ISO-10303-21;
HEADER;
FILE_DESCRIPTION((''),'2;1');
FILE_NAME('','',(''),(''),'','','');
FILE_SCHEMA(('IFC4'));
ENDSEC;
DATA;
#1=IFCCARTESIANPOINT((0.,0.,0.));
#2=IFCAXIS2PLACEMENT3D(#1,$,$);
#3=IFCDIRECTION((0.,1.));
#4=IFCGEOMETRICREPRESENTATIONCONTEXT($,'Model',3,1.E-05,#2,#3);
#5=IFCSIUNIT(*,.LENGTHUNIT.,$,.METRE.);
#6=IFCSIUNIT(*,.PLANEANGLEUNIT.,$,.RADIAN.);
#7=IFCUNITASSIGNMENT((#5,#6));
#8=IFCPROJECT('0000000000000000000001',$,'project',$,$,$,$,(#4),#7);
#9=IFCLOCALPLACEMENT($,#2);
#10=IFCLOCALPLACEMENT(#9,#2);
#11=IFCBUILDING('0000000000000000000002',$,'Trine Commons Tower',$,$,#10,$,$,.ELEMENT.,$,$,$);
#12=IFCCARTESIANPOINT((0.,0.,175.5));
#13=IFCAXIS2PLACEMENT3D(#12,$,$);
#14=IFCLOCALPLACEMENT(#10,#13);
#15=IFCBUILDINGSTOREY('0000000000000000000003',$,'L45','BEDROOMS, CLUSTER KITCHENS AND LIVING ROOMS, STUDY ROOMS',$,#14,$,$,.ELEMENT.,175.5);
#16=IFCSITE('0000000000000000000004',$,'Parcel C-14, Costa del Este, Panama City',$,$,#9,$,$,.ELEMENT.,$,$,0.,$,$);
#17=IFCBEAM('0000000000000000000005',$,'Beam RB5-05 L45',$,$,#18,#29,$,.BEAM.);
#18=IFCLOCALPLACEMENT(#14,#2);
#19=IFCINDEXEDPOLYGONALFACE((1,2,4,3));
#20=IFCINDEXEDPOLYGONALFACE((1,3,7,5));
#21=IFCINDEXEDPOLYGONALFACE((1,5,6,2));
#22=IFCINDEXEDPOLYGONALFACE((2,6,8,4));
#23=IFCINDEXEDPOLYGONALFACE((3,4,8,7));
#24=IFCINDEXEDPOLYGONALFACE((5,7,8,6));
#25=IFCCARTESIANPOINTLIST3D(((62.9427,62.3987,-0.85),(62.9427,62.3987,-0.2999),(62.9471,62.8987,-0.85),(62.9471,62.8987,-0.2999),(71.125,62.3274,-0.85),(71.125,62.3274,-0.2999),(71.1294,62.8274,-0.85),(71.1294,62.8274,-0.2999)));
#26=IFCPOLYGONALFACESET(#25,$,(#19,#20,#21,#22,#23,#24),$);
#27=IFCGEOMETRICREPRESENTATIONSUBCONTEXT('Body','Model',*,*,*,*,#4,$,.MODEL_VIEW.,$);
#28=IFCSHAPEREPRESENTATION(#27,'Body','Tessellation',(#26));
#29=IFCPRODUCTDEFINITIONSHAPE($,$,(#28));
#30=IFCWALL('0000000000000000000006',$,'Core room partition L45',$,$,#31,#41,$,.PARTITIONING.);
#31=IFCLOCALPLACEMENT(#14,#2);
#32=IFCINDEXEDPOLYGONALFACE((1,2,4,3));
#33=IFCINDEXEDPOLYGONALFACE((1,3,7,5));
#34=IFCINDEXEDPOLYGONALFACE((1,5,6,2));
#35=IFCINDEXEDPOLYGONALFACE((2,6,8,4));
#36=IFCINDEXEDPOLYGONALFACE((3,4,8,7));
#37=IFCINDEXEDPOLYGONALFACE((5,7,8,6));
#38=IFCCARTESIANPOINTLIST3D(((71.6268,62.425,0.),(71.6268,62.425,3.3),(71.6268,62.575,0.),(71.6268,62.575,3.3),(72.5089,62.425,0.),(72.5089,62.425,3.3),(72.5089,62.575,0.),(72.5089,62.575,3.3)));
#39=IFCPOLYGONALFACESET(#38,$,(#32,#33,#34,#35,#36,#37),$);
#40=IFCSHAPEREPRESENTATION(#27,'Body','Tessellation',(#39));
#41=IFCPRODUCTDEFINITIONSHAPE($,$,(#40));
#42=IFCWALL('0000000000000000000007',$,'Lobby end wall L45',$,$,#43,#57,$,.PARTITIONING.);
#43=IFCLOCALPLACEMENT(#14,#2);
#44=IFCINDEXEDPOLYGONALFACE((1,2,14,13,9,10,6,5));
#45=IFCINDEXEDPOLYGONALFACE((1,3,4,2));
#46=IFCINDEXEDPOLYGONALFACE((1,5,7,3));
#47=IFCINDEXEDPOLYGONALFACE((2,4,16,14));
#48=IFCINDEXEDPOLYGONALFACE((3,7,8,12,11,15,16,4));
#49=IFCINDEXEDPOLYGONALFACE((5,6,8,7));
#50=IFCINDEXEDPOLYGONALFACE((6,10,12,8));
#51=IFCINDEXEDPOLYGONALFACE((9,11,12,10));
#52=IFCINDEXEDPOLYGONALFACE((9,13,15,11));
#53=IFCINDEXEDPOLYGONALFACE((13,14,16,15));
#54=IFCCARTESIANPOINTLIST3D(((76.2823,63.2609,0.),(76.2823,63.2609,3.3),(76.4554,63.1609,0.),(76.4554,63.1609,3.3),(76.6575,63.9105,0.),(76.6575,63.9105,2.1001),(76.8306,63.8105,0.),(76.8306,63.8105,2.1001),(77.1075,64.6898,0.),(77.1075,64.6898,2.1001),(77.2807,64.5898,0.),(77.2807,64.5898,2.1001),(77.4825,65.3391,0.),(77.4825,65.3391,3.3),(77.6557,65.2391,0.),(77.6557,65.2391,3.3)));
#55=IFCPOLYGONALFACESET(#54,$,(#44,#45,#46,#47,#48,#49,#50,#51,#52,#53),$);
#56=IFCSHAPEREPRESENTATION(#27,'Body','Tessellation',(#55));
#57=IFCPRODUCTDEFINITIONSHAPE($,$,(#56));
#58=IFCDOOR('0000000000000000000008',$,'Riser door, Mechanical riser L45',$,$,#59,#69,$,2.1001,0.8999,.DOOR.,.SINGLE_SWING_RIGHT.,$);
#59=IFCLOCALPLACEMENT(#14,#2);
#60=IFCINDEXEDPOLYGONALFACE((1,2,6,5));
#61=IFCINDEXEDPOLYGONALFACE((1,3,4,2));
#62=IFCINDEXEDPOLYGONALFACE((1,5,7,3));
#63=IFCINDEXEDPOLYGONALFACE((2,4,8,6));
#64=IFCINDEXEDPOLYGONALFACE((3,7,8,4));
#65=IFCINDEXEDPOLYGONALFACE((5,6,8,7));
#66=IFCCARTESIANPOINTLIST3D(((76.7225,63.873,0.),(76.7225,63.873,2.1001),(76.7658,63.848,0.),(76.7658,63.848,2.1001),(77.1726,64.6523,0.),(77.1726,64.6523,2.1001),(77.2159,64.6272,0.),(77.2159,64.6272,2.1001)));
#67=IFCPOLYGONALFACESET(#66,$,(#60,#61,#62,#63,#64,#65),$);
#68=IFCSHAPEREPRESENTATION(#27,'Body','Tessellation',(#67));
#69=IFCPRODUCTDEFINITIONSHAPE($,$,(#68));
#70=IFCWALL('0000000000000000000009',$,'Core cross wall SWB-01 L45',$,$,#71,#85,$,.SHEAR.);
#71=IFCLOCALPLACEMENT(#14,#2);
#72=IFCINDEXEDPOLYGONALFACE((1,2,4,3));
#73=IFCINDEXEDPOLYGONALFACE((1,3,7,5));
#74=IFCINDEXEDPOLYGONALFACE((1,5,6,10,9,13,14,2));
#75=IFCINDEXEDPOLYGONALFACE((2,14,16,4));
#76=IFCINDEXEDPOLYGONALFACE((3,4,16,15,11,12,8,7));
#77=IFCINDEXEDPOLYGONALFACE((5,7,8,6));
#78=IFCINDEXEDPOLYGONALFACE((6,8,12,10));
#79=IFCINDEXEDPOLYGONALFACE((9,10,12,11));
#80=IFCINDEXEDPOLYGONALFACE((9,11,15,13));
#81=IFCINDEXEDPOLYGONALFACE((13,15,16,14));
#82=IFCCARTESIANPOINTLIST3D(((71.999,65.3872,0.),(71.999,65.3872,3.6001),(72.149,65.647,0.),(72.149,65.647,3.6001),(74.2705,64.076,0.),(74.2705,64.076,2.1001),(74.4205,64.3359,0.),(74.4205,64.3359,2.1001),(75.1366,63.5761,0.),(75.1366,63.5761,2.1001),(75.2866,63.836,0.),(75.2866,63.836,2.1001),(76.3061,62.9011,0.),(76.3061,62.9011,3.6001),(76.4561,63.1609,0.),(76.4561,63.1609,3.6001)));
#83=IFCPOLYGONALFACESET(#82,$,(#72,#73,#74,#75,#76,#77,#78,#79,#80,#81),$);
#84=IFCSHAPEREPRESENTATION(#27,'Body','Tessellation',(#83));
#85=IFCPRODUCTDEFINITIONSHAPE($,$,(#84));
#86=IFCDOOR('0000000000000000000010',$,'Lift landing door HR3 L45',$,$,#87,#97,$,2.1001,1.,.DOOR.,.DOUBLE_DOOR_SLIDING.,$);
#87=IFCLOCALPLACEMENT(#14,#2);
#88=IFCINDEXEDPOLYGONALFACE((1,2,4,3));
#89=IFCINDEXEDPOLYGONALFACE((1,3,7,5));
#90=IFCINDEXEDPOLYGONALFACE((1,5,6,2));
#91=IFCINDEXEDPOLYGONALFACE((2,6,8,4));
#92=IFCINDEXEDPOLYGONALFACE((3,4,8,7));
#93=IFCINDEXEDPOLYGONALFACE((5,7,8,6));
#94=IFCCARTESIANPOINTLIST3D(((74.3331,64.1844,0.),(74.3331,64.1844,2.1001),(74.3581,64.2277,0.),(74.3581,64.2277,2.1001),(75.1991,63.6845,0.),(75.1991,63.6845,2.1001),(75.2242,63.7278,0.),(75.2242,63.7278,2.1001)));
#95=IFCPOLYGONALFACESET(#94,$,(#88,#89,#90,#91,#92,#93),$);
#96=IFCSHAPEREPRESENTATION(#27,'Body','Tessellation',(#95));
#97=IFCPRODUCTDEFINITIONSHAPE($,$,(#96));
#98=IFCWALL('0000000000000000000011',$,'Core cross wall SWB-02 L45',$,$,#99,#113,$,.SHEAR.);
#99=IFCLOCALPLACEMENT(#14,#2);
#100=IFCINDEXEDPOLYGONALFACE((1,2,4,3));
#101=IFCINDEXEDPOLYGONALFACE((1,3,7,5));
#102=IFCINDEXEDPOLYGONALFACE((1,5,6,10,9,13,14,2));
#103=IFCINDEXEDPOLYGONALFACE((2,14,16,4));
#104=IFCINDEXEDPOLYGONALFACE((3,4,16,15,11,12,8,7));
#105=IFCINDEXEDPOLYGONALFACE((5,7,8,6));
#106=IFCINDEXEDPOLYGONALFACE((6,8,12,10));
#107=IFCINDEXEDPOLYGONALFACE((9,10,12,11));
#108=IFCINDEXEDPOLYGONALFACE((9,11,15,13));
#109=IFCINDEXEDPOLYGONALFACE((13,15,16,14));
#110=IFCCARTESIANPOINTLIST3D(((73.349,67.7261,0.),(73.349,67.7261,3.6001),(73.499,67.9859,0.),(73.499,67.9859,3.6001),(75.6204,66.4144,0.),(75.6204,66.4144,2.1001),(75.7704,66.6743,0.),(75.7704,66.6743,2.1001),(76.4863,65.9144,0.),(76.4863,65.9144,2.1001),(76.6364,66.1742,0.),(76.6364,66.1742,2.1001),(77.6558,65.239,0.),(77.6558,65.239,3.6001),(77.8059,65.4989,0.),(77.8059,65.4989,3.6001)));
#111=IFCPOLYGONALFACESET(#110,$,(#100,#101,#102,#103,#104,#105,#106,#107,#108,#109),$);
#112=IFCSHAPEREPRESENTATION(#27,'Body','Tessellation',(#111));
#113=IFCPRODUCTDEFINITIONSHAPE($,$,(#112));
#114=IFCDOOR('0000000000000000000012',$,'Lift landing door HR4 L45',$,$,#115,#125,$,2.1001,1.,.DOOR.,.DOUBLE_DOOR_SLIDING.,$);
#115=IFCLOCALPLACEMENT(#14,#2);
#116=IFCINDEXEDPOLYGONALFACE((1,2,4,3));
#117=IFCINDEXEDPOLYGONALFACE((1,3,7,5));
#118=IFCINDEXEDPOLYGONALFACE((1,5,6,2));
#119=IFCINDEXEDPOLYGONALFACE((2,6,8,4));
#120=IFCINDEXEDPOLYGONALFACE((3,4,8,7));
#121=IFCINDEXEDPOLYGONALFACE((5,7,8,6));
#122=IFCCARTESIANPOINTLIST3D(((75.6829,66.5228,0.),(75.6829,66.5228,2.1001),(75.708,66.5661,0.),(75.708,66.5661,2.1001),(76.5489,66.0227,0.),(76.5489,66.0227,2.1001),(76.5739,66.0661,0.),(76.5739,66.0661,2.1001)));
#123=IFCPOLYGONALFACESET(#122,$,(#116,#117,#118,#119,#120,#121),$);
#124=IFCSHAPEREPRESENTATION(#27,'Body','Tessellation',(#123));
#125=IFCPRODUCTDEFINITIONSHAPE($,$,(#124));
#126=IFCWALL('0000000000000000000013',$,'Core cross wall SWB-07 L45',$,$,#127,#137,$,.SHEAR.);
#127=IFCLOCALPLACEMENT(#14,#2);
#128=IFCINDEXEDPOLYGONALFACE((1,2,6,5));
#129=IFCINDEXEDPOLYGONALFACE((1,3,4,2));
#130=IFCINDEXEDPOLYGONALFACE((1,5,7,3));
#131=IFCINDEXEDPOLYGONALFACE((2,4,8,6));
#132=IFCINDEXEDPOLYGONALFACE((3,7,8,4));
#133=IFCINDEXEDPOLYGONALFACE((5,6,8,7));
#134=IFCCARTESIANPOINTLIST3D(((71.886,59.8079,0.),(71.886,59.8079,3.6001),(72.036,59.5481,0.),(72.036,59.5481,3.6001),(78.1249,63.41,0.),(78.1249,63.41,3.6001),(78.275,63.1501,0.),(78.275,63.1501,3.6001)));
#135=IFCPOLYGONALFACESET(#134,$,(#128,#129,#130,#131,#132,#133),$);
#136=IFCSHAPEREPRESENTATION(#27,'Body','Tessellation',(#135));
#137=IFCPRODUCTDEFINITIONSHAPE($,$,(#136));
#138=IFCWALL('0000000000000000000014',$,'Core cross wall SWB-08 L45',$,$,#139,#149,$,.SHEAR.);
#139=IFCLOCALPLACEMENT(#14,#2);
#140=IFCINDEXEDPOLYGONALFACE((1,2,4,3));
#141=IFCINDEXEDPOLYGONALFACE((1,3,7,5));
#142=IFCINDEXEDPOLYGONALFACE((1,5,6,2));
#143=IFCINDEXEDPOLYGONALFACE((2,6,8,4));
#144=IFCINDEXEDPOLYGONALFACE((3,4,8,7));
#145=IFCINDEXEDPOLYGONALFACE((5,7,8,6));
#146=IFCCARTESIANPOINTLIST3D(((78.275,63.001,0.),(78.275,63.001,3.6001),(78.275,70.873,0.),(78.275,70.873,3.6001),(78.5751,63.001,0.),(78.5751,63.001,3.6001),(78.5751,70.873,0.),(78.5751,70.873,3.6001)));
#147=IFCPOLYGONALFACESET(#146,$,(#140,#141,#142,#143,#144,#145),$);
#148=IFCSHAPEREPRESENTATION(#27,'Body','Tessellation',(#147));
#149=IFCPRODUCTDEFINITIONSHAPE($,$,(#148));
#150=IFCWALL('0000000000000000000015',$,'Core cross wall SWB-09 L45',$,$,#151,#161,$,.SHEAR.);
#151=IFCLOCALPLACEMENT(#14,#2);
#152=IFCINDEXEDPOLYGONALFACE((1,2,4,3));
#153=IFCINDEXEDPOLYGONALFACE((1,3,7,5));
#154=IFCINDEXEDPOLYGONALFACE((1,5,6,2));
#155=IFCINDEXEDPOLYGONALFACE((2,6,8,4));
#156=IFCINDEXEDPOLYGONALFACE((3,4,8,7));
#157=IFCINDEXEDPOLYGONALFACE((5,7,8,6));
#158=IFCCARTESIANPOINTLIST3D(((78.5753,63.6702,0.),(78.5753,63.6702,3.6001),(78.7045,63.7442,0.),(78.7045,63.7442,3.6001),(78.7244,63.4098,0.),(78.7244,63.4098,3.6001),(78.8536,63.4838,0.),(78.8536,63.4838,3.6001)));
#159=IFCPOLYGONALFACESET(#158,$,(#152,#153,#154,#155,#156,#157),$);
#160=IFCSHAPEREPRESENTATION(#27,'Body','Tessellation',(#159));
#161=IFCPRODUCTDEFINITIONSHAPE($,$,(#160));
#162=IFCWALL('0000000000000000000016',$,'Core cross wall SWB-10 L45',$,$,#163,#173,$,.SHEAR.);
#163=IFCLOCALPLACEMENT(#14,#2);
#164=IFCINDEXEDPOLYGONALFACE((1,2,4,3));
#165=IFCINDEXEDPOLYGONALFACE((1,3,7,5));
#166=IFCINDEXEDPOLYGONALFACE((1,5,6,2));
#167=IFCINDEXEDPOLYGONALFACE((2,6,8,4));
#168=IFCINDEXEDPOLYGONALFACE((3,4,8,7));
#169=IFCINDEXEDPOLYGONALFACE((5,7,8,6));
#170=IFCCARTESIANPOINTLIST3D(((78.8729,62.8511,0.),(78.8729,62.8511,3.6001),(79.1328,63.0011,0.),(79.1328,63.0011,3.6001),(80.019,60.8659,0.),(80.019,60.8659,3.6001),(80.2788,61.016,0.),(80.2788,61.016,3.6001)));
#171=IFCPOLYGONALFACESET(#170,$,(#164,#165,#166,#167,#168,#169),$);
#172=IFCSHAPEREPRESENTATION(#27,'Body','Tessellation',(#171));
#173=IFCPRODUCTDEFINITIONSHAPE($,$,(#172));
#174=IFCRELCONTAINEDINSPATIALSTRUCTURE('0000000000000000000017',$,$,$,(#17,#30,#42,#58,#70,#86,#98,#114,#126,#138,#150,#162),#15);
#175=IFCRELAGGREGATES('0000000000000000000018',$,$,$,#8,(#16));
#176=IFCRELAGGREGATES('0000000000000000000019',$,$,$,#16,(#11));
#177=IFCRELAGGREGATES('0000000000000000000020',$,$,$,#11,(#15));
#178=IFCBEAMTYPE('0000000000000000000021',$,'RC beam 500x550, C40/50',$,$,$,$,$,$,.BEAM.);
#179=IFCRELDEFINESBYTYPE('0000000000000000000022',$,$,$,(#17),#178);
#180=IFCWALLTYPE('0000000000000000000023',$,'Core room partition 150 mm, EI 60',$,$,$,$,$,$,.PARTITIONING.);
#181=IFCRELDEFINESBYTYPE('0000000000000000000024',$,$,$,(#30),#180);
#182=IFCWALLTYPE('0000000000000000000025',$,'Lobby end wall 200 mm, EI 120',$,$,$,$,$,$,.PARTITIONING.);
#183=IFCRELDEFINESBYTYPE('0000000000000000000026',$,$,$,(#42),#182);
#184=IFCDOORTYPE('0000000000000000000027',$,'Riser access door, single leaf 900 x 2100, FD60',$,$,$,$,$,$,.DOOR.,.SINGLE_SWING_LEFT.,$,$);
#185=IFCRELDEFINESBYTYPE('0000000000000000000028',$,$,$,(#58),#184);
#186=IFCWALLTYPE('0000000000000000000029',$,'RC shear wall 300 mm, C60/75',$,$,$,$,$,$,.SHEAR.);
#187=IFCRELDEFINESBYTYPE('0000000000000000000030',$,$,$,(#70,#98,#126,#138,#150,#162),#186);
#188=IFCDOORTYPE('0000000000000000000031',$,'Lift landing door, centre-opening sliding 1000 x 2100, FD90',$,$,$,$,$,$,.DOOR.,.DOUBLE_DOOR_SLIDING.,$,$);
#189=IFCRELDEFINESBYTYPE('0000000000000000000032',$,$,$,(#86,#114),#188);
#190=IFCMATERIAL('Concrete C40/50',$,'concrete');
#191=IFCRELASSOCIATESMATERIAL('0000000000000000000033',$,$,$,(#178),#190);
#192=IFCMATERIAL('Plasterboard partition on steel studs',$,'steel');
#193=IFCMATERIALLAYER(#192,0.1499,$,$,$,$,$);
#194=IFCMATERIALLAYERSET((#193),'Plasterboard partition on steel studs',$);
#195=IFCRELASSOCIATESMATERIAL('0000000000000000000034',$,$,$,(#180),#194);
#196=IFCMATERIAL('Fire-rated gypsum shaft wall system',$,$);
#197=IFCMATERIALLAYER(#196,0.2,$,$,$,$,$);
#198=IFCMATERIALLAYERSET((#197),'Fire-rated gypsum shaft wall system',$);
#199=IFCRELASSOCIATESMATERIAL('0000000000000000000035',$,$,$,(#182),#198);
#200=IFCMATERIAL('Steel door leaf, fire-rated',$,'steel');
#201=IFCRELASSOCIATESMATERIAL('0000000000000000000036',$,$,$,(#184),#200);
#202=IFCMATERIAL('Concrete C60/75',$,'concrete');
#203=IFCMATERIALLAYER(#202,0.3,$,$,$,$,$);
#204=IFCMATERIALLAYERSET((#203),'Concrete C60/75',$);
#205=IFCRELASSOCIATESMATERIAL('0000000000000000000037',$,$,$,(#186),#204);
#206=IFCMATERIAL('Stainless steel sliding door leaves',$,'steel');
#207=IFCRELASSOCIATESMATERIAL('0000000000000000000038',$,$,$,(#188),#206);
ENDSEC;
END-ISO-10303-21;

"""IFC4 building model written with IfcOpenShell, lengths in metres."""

from ifc_helpers import new_model, si_unit, direction, frame, frame_2d, origin, origin_2d, place, context, subcontext, project, spatial, rectangle, extrude, material, layer, layer_set, material_profile, profile_set, type_object, element, fill, save


model = new_model("IFC4")

# Units and contexts
model_context = context("Model", 3, precision=1e-05, world=origin(), true_north=direction((0.0, 1.0)))
body_context = subcontext(model_context, "Body", "Model", "MODEL_VIEW")
ifc_project = project(units=[si_unit("LENGTHUNIT", "METRE"), si_unit("PLANEANGLEUNIT", "RADIAN")], contexts=[model_context])

# Site, building, storey
site_placement = place(None, origin())
site = spatial("IfcSite", under=ifc_project, at=site_placement, Name="Parcel C-14, Costa del Este, Panama City", CompositionType="ELEMENT", RefElevation=0.0)
building_placement = place(site_placement, origin())
building = spatial("IfcBuilding", under=site, at=building_placement, Name="Trine Commons Tower", CompositionType="ELEMENT")
storey_placement = place(building_placement, frame((0.0, 0.0, 175.5)))
storey = spatial("IfcBuildingStorey", under=building, at=storey_placement, Name="L45", Description="BEDROOMS, CLUSTER KITCHENS AND LIVING ROOMS, STUDY ROOMS", CompositionType="ELEMENT", Elevation=175.5)

# Beam
ifc_material_1 = material(Name="Concrete C40/50", Category="concrete")
ifc_material_profile = material_profile(ifc_material_1, rectangle(XDim=0.5, YDim=0.55, at=origin_2d()), Name="RC 500x550")
ifc_profile_set = profile_set([ifc_material_profile], Name="Concrete C40/50")
beam_type = type_object("IfcBeamType", Name="RC beam 500x550, C40/50", PredefinedType="BEAM", material=ifc_profile_set)
beam_placement = place(storey_placement, frame((71.1272, 62.5774, -0.575), z_axis=(-0.999962, 0.008712, 0.0), x_axis=(-0.008712, -0.999962, 0.0)))
element("IfcBeam", 1, at=beam_placement, inside=storey, type_object=beam_type, Name="Beam RB5-05 L45", PredefinedType="BEAM", context=body_context, shape_type="SweptSolid", body=[
    extrude(rectangle(XDim=0.5, YDim=0.55, at=origin_2d()), origin(), (0.0, 0.0, 1.0), 8.1826),
])

# Wall
ifc_material_2 = material(Name="Plasterboard partition on steel studs", Category="steel")
ifc_layer_1 = layer(ifc_material_2, 0.1499)
ifc_layer_set_1 = layer_set([ifc_layer_1], Name="Plasterboard partition on steel studs")
wall_type_1 = type_object("IfcWallType", Name="Core room partition 150 mm, EI 60", PredefinedType="PARTITIONING", material=ifc_layer_set_1)
wall_1_placement = place(storey_placement, frame((71.627, 62.5, 0.0), z_axis=(0.0, 0.0, 1.0), x_axis=(1.0, 0.0, 0.0)))
element("IfcWall", 2, at=wall_1_placement, inside=storey, type_object=wall_type_1, Name="Core room partition L45", PredefinedType="PARTITIONING", context=body_context, shape_type="SweptSolid", body=[
    extrude(rectangle(XDim=0.8821, YDim=0.1499, at=frame_2d((0.4409, 0.0))), origin(), (0.0, 0.0, 1.0), 3.3),
])

# Walls, openings, doors
ifc_material_3 = material(Name="Fire-rated gypsum shaft wall system")
ifc_layer_2 = layer(ifc_material_3, 0.2)
ifc_layer_set_2 = layer_set([ifc_layer_2], Name="Fire-rated gypsum shaft wall system")
wall_type_2 = type_object("IfcWallType", Name="Lobby end wall 200 mm, EI 120", PredefinedType="PARTITIONING", material=ifc_layer_set_2)
wall_2_placement = place(storey_placement, frame((77.5691, 65.2891, 0.0), z_axis=(0.0, 0.0, 1.0), x_axis=(-0.500122, -0.865955, 0.0)))
wall_2 = element("IfcWall", 3, at=wall_2_placement, inside=storey, type_object=wall_type_2, Name="Lobby end wall L45", PredefinedType="PARTITIONING", context=body_context, shape_type="SweptSolid", body=[
    extrude(rectangle(XDim=2.3999, YDim=0.2, at=frame_2d((1.2, 0.0))), origin(), (0.0, 0.0, 1.0), 3.3),
])
opening_1_placement = place(wall_2_placement, frame((0.7498, 0.0, 0.0)))
opening_1 = element("IfcOpeningElement", 4, at=opening_1_placement, cuts=wall_2, PredefinedType="OPENING", context=body_context, shape_type="SweptSolid", body=[
    extrude(rectangle(XDim=0.8999, YDim=2.1001, at=frame_2d((0.45, 1.05))), frame((0.0, 0.1099, 0.0), z_axis=(0.0, -1.0, 0.0), x_axis=(1.0, 0.0, 0.0)), (0.0, 0.0, 1.0), 0.22),
])
ifc_material_4 = material(Name="Steel door leaf, fire-rated", Category="steel")
door_type_1 = type_object("IfcDoorType", Name="Riser access door, single leaf 900 x 2100, FD60", OperationType="SINGLE_SWING_LEFT", PredefinedType="DOOR", material=ifc_material_4)
door_1_placement = place(opening_1_placement, frame((0.8999, 0.0, 0.0), z_axis=(0.0, 0.0, 1.0), x_axis=(-1.0, 0.0, 0.0)))
door_1 = element("IfcDoor", 5, at=door_1_placement, inside=storey, type_object=door_type_1, Name="Riser door, Mechanical riser L45", OperationType="SINGLE_SWING_RIGHT", OverallHeight=2.1001, OverallWidth=0.8999, PredefinedType="DOOR", context=body_context, shape_type="SweptSolid", body=[
    extrude(rectangle(XDim=0.8999, YDim=2.1001, at=frame_2d((0.45, 1.05))), frame((0.0, 0.0249, 0.0), z_axis=(0.0, -1.0, 0.0), x_axis=(1.0, 0.0, 0.0)), (0.0, 0.0, 1.0), 0.05),
])
fill(opening_1, door_1)
ifc_material_5 = material(Name="Concrete C60/75", Category="concrete")
ifc_layer_3 = layer(ifc_material_5, 0.3)
ifc_layer_set_3 = layer_set([ifc_layer_3], Name="Concrete C60/75")
wall_type_3 = type_object("IfcWallType", Name="RC shear wall 300 mm, C60/75", PredefinedType="SHEAR", material=ifc_layer_set_3)
wall_3_placement = place(storey_placement, frame((76.3811, 63.031, 0.0), z_axis=(0.0, 0.0, 1.0), x_axis=(-0.866081, 0.499904, 0.0)))
wall_3 = element("IfcWall", 6, at=wall_3_placement, inside=storey, type_object=wall_type_3, Name="Core cross wall SWB-01 L45", PredefinedType="SHEAR", context=body_context, shape_type="SweptSolid", body=[
    extrude(rectangle(XDim=4.9731, YDim=0.3, at=frame_2d((2.4866, 0.0))), origin(), (0.0, 0.0, 1.0), 3.6001),
])
opening_2_placement = place(wall_3_placement, frame((1.3503, 0.0, 0.0)))
opening_2 = element("IfcOpeningElement", 7, at=opening_2_placement, cuts=wall_3, PredefinedType="OPENING", context=body_context, shape_type="SweptSolid", body=[
    extrude(rectangle(XDim=1.0, YDim=2.1001, at=frame_2d((0.5, 1.05))), frame((0.0, 0.1599, 0.0), z_axis=(0.0, -1.0, 0.0), x_axis=(1.0, 0.0, 0.0)), (0.0, 0.0, 1.0), 0.3201),
])
ifc_material_6 = material(Name="Stainless steel sliding door leaves", Category="steel")
door_type_2 = type_object("IfcDoorType", Name="Lift landing door, centre-opening sliding 1000 x 2100, FD90", OperationType="DOUBLE_DOOR_SLIDING", PredefinedType="DOOR", material=ifc_material_6)
door_2_placement = place(opening_2_placement, origin())
door_2 = element("IfcDoor", 8, at=door_2_placement, inside=storey, type_object=door_type_2, Name="Lift landing door HR3 L45", OperationType="DOUBLE_DOOR_SLIDING", OverallHeight=2.1001, OverallWidth=1.0, PredefinedType="DOOR", context=body_context, shape_type="SweptSolid", body=[
    extrude(rectangle(XDim=1.0, YDim=2.1001, at=frame_2d((0.5, 1.05))), frame((0.0, 0.0249, 0.0), z_axis=(0.0, -1.0, 0.0), x_axis=(1.0, 0.0, 0.0)), (0.0, 0.0, 1.0), 0.05),
])
fill(opening_2, door_2)
wall_4_placement = place(storey_placement, frame((77.731, 65.3689, 0.0), z_axis=(0.0, 0.0, 1.0), x_axis=(-0.865984, 0.500072, 0.0)))
wall_4 = element("IfcWall", 9, at=wall_4_placement, inside=storey, type_object=wall_type_3, Name="Core cross wall SWB-02 L45", PredefinedType="SHEAR", context=body_context, shape_type="SweptSolid", body=[
    extrude(rectangle(XDim=4.9734, YDim=0.3, at=frame_2d((2.4868, 0.0))), origin(), (0.0, 0.0, 1.0), 3.6001),
])
opening_3_placement = place(wall_4_placement, frame((1.3506, 0.0, 0.0)))
opening_3 = element("IfcOpeningElement", 10, at=opening_3_placement, cuts=wall_4, PredefinedType="OPENING", context=body_context, shape_type="SweptSolid", body=[
    extrude(rectangle(XDim=1.0, YDim=2.1001, at=frame_2d((0.5, 1.05))), frame((0.0, 0.1599, 0.0), z_axis=(0.0, -1.0, 0.0), x_axis=(1.0, 0.0, 0.0)), (0.0, 0.0, 1.0), 0.3201),
])
door_3_placement = place(opening_3_placement, origin())
door_3 = element("IfcDoor", 11, at=door_3_placement, inside=storey, type_object=door_type_2, Name="Lift landing door HR4 L45", OperationType="DOUBLE_DOOR_SLIDING", OverallHeight=2.1001, OverallWidth=1.0, PredefinedType="DOOR", context=body_context, shape_type="SweptSolid", body=[
    extrude(rectangle(XDim=1.0, YDim=2.1001, at=frame_2d((0.5, 1.05))), frame((0.0, 0.0249, 0.0), z_axis=(0.0, -1.0, 0.0), x_axis=(1.0, 0.0, 0.0)), (0.0, 0.0, 1.0), 0.05),
])
fill(opening_3, door_3)

# Walls
wall_5_placement = place(storey_placement, frame((78.2, 63.28, 0.0), z_axis=(0.0, 0.0, 1.0), x_axis=(-0.866028, -0.499995, 0.0)))
element("IfcWall", 12, at=wall_5_placement, inside=storey, type_object=wall_type_3, Name="Core cross wall SWB-07 L45", PredefinedType="SHEAR", context=body_context, shape_type="SweptSolid", body=[
    extrude(rectangle(XDim=7.2041, YDim=0.3, at=frame_2d((3.6021, 0.0))), origin(), (0.0, 0.0, 1.0), 3.6001),
])
wall_6_placement = place(storey_placement, frame((78.425, 63.001, 0.0), z_axis=(0.0, 0.0, 1.0), x_axis=(0.0, 1.0, 0.0)))
element("IfcWall", 13, at=wall_6_placement, inside=storey, type_object=wall_type_3, Name="Core cross wall SWB-08 L45", PredefinedType="SHEAR", context=body_context, shape_type="SweptSolid", body=[
    extrude(rectangle(XDim=7.8721, YDim=0.3, at=frame_2d((3.936, 0.0))), origin(), (0.0, 0.0, 1.0), 3.6001),
])
wall_7_placement = place(storey_placement, frame((78.7791, 63.614, 0.0), z_axis=(0.0, 0.0, 1.0), x_axis=(-0.867738, -0.497022, 0.0)))
element("IfcWall", 14, at=wall_7_placement, inside=storey, type_object=wall_type_3, Name="Core cross wall SWB-09 L45", PredefinedType="SHEAR", context=body_context, shape_type="SweptSolid", body=[
    extrude(rectangle(XDim=0.1489, YDim=0.3, at=frame_2d((0.0745, 0.0))), origin(), (0.0, 0.0, 1.0), 3.6001),
])
wall_8_placement = place(storey_placement, frame((79.0029, 62.926, 0.0), z_axis=(0.0, 0.0, 1.0), x_axis=(0.499965, -0.866045, 0.0)))
element("IfcWall", 15, at=wall_8_placement, inside=storey, type_object=wall_type_3, Name="Core cross wall SWB-10 L45", PredefinedType="SHEAR", context=body_context, shape_type="SweptSolid", body=[
    extrude(rectangle(XDim=2.2922, YDim=0.3, at=frame_2d((1.146, 0.0))), origin(), (0.0, 0.0, 1.0), 3.6001),
])

save(model, "model.ifc")
